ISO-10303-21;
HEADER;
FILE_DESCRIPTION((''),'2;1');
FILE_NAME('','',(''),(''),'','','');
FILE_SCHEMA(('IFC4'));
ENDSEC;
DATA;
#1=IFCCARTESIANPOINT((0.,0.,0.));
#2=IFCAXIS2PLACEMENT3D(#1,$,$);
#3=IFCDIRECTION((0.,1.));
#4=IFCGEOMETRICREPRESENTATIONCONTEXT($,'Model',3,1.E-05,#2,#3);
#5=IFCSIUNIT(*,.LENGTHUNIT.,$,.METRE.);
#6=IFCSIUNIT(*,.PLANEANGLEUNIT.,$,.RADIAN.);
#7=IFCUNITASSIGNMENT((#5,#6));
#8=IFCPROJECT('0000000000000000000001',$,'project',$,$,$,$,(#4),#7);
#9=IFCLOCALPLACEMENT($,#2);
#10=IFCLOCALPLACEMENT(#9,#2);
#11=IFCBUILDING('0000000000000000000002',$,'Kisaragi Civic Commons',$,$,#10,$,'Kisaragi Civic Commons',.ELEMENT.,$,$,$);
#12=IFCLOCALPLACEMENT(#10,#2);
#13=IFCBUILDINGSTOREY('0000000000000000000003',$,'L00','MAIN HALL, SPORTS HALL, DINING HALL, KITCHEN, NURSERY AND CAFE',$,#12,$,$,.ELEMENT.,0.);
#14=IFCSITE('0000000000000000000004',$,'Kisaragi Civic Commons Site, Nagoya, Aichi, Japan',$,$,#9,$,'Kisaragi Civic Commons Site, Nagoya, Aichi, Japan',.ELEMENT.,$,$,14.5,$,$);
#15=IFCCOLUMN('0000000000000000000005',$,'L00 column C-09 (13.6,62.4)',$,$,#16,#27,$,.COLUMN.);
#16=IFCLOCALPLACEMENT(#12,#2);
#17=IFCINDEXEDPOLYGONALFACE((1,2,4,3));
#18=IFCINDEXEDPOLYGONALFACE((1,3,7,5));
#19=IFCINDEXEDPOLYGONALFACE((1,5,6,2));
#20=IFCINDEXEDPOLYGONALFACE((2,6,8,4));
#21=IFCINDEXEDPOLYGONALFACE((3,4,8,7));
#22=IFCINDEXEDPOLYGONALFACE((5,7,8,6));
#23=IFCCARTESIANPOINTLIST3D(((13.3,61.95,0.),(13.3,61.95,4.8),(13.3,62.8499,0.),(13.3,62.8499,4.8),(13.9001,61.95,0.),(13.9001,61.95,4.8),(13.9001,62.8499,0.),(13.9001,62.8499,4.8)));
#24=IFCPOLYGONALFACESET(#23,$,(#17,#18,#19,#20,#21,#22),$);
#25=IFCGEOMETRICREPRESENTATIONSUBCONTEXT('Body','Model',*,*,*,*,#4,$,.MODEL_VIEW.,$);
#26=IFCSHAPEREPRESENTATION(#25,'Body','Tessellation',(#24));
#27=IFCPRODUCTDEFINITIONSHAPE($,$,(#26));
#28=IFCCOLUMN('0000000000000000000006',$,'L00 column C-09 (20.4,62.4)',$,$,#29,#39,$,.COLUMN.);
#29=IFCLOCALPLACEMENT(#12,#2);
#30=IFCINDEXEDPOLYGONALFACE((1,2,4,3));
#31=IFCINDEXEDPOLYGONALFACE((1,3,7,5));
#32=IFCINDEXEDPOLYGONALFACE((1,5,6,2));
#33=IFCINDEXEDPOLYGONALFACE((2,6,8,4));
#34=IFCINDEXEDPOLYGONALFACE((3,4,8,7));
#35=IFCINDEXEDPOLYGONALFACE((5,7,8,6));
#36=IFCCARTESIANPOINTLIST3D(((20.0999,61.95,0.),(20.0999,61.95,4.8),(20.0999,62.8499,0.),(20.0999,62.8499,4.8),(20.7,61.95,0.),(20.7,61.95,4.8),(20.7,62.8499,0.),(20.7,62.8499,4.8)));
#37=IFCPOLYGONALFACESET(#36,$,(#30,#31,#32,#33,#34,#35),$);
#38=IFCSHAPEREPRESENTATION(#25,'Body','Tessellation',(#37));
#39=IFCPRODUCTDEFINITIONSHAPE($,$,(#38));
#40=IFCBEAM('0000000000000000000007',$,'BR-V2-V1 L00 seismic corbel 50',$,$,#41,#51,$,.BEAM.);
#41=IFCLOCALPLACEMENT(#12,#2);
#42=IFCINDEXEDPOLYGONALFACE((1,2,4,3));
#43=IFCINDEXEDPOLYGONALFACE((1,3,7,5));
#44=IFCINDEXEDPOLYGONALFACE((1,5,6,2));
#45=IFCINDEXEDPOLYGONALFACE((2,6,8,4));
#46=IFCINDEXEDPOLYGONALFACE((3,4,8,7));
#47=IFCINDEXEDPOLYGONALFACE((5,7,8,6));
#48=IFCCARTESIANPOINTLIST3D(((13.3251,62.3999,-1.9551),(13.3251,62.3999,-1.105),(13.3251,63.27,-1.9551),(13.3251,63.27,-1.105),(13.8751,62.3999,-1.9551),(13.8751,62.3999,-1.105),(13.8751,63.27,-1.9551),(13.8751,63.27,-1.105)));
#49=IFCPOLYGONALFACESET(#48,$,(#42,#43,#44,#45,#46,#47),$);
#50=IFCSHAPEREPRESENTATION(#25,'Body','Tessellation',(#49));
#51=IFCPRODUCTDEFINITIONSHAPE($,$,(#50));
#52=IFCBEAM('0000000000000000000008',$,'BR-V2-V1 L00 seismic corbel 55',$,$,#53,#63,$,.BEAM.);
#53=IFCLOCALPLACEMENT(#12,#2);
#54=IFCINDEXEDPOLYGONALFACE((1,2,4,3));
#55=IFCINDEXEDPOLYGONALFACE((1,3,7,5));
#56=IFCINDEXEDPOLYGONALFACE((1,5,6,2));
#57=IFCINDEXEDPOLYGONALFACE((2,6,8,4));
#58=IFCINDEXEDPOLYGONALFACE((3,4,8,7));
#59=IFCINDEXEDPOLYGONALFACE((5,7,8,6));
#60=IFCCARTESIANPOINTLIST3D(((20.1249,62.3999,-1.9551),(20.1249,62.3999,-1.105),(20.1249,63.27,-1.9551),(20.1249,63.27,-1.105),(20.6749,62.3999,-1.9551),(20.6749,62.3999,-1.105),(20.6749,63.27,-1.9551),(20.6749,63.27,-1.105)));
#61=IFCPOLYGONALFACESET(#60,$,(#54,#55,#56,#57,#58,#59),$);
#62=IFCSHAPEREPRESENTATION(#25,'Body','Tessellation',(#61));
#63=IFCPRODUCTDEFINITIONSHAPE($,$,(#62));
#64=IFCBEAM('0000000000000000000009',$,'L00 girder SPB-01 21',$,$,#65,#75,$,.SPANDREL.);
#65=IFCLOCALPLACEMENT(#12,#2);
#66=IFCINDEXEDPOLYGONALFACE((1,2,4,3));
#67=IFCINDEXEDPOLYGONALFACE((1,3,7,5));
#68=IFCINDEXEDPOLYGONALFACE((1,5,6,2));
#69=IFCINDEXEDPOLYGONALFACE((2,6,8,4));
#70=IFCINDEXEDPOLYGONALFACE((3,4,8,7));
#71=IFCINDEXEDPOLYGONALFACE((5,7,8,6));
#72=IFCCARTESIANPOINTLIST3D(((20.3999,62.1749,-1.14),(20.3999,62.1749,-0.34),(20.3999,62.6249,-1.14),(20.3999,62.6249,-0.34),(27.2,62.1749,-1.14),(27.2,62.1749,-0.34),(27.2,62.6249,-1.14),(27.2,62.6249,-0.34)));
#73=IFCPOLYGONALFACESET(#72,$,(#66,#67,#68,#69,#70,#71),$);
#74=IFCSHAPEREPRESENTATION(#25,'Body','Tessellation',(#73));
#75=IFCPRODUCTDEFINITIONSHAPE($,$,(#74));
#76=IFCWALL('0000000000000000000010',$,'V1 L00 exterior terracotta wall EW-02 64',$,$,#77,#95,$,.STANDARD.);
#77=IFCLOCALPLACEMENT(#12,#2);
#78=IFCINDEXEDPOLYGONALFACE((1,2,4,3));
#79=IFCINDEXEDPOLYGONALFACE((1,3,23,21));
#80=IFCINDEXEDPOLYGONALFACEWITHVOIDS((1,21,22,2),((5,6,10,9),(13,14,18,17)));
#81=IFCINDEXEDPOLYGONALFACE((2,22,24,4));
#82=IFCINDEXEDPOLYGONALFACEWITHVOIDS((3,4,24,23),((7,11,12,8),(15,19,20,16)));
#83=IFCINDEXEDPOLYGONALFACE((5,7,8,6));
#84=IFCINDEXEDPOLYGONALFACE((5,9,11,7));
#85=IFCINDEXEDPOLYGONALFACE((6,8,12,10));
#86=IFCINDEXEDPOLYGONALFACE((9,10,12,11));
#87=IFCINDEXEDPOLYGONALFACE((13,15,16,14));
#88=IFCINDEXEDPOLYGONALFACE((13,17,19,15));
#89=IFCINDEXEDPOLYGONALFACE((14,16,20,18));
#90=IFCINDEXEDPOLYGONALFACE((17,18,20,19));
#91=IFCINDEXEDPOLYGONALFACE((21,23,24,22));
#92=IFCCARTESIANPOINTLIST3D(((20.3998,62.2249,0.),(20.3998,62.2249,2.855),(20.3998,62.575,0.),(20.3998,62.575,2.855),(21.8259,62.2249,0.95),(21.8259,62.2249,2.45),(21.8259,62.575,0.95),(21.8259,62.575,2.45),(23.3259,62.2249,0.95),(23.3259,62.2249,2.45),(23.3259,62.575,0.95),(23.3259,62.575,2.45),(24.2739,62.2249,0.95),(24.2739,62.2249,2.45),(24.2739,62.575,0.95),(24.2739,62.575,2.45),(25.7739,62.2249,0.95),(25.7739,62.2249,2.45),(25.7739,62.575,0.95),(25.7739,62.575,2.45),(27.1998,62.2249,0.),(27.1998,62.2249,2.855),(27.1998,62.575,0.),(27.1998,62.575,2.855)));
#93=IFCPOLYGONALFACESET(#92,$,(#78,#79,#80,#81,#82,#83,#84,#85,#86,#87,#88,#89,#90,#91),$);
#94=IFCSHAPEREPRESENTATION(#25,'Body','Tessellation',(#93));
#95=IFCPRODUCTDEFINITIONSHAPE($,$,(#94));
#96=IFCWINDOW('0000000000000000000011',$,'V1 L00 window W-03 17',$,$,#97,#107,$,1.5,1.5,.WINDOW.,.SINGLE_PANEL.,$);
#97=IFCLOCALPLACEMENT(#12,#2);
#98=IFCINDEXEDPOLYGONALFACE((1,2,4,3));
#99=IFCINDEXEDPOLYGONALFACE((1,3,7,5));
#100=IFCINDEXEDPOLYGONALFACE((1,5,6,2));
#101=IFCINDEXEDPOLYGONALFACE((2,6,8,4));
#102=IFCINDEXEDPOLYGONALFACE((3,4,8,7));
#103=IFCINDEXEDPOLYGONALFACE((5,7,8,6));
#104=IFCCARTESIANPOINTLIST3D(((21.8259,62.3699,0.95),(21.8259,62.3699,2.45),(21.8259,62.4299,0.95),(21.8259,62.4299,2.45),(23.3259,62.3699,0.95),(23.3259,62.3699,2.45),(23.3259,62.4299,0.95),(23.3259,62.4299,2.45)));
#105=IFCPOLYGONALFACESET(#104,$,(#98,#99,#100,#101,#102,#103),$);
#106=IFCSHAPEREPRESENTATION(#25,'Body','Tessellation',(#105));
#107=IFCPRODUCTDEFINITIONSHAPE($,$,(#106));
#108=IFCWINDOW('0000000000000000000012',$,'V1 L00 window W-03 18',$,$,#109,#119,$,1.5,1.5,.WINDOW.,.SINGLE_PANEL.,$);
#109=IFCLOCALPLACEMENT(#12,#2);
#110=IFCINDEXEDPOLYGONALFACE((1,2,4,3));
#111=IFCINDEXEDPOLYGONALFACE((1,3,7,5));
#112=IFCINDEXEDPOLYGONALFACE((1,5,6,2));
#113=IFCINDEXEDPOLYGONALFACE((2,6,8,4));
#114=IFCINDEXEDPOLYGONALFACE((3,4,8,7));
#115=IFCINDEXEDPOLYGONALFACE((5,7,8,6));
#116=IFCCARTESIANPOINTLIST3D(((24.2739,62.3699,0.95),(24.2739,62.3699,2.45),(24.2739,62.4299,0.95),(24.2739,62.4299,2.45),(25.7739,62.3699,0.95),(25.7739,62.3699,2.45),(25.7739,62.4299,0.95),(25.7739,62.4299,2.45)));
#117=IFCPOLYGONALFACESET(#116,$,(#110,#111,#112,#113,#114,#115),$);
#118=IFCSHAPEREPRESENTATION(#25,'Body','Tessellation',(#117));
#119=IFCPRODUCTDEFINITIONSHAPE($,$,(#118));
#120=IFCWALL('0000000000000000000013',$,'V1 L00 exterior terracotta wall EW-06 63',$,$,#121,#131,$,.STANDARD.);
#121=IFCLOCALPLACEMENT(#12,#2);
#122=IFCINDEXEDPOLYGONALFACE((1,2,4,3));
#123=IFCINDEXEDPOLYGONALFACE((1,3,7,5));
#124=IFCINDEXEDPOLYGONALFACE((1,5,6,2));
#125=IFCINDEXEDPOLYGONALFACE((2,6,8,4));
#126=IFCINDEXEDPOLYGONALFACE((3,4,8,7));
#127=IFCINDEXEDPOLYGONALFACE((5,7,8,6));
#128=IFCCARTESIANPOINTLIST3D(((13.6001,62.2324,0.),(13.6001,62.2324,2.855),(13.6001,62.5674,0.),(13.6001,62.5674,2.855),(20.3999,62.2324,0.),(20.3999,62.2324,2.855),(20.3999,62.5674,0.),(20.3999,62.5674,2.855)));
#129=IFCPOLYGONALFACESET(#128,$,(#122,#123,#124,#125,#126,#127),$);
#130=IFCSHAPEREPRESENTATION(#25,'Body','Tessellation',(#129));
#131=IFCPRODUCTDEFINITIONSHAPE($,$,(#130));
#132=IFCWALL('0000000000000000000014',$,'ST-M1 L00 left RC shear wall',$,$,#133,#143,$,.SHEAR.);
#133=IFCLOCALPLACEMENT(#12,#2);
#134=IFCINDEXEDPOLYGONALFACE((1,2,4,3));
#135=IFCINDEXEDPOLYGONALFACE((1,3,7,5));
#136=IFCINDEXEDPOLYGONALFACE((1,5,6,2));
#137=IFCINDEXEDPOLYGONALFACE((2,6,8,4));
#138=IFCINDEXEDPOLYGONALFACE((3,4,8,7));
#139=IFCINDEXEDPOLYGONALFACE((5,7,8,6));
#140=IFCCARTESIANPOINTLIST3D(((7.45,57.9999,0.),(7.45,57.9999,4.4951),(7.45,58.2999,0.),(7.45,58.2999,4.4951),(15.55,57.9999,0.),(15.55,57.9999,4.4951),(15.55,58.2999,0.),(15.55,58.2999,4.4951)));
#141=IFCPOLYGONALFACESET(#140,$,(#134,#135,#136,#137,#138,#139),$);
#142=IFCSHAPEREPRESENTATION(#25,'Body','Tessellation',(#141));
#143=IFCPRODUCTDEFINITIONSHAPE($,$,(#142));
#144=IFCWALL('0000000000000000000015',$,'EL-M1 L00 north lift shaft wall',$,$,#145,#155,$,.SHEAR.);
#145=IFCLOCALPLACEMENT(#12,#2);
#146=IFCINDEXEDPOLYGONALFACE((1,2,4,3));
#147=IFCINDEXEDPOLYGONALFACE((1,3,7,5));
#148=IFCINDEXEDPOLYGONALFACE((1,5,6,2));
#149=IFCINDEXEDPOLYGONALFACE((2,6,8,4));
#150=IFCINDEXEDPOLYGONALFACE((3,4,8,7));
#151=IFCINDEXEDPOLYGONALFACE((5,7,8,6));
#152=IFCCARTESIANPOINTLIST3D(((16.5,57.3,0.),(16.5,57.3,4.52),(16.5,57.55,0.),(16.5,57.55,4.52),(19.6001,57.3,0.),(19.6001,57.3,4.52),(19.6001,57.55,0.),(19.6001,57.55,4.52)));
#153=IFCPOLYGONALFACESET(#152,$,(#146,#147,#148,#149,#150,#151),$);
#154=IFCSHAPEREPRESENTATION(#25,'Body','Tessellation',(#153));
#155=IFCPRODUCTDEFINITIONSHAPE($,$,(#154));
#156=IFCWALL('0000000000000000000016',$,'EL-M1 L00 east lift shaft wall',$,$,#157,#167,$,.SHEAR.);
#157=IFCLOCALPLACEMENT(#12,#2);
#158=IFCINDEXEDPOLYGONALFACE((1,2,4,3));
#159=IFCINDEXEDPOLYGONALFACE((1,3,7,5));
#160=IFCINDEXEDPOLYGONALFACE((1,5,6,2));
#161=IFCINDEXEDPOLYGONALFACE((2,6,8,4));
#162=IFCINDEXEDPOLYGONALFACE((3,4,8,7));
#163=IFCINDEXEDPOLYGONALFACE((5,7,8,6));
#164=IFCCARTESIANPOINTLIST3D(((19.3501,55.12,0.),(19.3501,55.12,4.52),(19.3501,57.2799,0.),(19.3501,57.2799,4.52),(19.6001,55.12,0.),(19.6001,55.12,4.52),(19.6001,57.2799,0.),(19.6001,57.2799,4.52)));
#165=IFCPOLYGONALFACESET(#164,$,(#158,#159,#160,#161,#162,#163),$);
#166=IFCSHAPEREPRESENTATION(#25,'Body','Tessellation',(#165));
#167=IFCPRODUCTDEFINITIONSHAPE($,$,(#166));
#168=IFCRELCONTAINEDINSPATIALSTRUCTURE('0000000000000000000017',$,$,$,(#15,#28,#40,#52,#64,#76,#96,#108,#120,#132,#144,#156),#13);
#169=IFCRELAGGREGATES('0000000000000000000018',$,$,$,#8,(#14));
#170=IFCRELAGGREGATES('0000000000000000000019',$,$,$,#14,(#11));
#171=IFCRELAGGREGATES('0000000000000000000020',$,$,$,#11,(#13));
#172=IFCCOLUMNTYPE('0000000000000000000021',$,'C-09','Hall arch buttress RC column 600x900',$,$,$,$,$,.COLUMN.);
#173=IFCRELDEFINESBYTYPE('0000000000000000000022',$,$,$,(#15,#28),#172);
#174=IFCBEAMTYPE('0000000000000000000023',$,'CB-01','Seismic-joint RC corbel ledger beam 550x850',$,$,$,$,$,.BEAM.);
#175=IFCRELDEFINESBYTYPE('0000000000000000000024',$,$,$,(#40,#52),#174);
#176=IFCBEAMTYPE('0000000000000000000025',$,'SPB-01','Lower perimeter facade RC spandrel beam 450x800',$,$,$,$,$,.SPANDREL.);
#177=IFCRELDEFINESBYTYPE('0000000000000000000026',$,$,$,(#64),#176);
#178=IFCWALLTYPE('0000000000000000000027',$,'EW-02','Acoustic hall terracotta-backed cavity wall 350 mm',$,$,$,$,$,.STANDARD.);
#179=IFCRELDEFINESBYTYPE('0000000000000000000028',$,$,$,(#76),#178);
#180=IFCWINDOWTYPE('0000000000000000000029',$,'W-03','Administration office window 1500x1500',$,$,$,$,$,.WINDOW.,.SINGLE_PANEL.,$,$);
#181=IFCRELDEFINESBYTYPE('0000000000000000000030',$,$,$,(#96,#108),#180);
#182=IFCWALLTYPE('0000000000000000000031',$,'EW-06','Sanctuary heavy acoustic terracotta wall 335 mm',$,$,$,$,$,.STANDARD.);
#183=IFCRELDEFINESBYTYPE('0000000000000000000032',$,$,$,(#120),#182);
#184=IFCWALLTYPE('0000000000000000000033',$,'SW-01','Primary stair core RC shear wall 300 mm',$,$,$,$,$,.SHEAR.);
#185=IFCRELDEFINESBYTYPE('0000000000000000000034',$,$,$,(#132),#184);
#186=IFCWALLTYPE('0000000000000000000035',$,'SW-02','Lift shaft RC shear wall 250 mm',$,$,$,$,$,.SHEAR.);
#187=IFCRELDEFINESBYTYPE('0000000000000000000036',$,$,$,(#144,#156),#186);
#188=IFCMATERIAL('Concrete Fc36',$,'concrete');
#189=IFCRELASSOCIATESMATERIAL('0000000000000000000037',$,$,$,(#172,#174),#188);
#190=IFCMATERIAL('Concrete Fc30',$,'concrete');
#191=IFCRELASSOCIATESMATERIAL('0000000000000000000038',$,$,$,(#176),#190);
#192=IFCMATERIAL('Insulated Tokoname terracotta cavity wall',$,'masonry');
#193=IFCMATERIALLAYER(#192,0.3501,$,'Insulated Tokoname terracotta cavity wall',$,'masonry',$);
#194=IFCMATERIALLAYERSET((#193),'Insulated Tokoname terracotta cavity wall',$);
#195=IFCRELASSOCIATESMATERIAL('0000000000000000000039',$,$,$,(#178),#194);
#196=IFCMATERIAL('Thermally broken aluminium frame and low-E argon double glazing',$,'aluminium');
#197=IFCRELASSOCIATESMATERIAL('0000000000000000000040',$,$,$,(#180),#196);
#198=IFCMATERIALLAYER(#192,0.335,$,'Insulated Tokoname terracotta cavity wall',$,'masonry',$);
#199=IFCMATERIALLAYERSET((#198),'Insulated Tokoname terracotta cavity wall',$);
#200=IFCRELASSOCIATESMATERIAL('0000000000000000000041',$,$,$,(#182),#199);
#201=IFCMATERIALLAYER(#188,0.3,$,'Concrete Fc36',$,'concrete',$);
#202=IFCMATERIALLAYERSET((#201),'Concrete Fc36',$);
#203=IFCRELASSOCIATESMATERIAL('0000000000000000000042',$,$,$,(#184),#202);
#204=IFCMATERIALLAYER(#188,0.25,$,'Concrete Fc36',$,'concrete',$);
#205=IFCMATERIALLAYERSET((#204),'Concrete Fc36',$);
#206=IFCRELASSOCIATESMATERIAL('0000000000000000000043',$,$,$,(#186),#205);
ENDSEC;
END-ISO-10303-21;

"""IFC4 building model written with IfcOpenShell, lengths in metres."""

from ifc_helpers import new_model, si_unit, direction, frame, frame_2d, origin, origin_2d, place, context, subcontext, project, spatial, rectangle, extrude, material, layer, layer_set, material_profile, profile_set, type_object, element, fill, save


model = new_model("IFC4")

# Units and contexts
model_context = context("Model", 3, precision=1e-05, world=origin(), true_north=direction((0.0, 1.0)))
body_context = subcontext(model_context, "Body", "Model", "MODEL_VIEW")
ifc_project = project(units=[si_unit("LENGTHUNIT", "METRE"), si_unit("PLANEANGLEUNIT", "RADIAN")], contexts=[model_context])

# Site, building, storey
site_placement = place(None, origin())
site = spatial("IfcSite", under=ifc_project, at=site_placement, Name="Kisaragi Civic Commons Site, Nagoya, Aichi, Japan", LongName="Kisaragi Civic Commons Site, Nagoya, Aichi, Japan", CompositionType="ELEMENT", RefElevation=14.5)
building_placement = place(site_placement, origin())
building = spatial("IfcBuilding", under=site, at=building_placement, Name="Kisaragi Civic Commons", LongName="Kisaragi Civic Commons", CompositionType="ELEMENT")
storey_placement = place(building_placement, origin())
storey = spatial("IfcBuildingStorey", under=building, at=storey_placement, Name="L00", Description="MAIN HALL, SPORTS HALL, DINING HALL, KITCHEN, NURSERY AND CAFE", CompositionType="ELEMENT", Elevation=0.0)

# Columns
ifc_material_1 = material(Name="Concrete Fc36", Category="concrete")
ifc_material_profile_1 = material_profile(ifc_material_1, rectangle(XDim=0.6001, YDim=0.8999, at=origin_2d()), Name="RC-600x900", Category="concrete")
ifc_profile_set_1 = profile_set([ifc_material_profile_1], Name="Concrete Fc36")
column_type = type_object("IfcColumnType", Name="C-09", Description="Hall arch buttress RC column 600x900", PredefinedType="COLUMN", material=ifc_profile_set_1)
for number, where, z_axis, x_axis, name in (
    (1, (13.6001, 62.3999, 0.0), (0.0, 0.0, 1.0), (1.0, 0.0, 0.0), "L00 column C-09 (13.6,62.4)"),
    (2, (20.3999, 62.3999, 0.0), (0.0, 0.0, 1.0), (1.0, 0.0, 0.0), "L00 column C-09 (20.4,62.4)"),
):
    element("IfcColumn", number, at=place(storey_placement, frame(where, z_axis=z_axis, x_axis=x_axis)), inside=storey, type_object=column_type, Name=name, PredefinedType="COLUMN", context=body_context, shape_type="SweptSolid", body=[
        extrude(rectangle(XDim=0.6001, YDim=0.8999, at=origin_2d()), origin(), (0.0, 0.0, 1.0), 4.8),
    ])

# Beams
ifc_material_profile_2 = material_profile(ifc_material_1, rectangle(XDim=0.55, YDim=0.8501, at=origin_2d()), Name="RC-550x850", Category="concrete")
ifc_profile_set_2 = profile_set([ifc_material_profile_2], Name="Concrete Fc36")
beam_type_1 = type_object("IfcBeamType", Name="CB-01", Description="Seismic-joint RC corbel ledger beam 550x850", PredefinedType="BEAM", material=ifc_profile_set_2)
for number, where, z_axis, x_axis, name in (
    (3, (13.6001, 62.3999, -1.53), (0.0, 1.0, 0.0), (-1.0, 0.0, 0.0), "BR-V2-V1 L00 seismic corbel 50"),
    (4, (20.3999, 62.3999, -1.53), (0.0, 1.0, 0.0), (-1.0, 0.0, 0.0), "BR-V2-V1 L00 seismic corbel 55"),
):
    element("IfcBeam", number, at=place(storey_placement, frame(where, z_axis=z_axis, x_axis=x_axis)), inside=storey, type_object=beam_type_1, Name=name, PredefinedType="BEAM", context=body_context, shape_type="SweptSolid", body=[
        extrude(rectangle(XDim=0.55, YDim=0.8501, at=origin_2d()), origin(), (0.0, 0.0, 1.0), 0.8701),
    ])
ifc_material_2 = material(Name="Concrete Fc30", Category="concrete")
ifc_material_profile_3 = material_profile(ifc_material_2, rectangle(XDim=0.45, YDim=0.8, at=origin_2d()), Name="RC-450x800", Category="concrete")
ifc_profile_set_3 = profile_set([ifc_material_profile_3], Name="Concrete Fc30")
beam_type_2 = type_object("IfcBeamType", Name="SPB-01", Description="Lower perimeter facade RC spandrel beam 450x800", PredefinedType="SPANDREL", material=ifc_profile_set_3)
beam_placement = place(storey_placement, frame((20.3999, 62.3999, -0.74), z_axis=(1.0, 0.0, 0.0), x_axis=(0.0, 1.0, 0.0)))
element("IfcBeam", 5, at=beam_placement, inside=storey, type_object=beam_type_2, Name="L00 girder SPB-01 21", PredefinedType="SPANDREL", context=body_context, shape_type="SweptSolid", body=[
    extrude(rectangle(XDim=0.45, YDim=0.8, at=origin_2d()), origin(), (0.0, 0.0, 1.0), 6.8),
])

# Wall, openings, windows
ifc_material_3 = material(Name="Insulated Tokoname terracotta cavity wall", Category="masonry")
ifc_layer_1 = layer(ifc_material_3, 0.3501, Name="Insulated Tokoname terracotta cavity wall", Category="masonry")
ifc_layer_set_1 = layer_set([ifc_layer_1], Name="Insulated Tokoname terracotta cavity wall")
wall_type_1 = type_object("IfcWallType", Name="EW-02", Description="Acoustic hall terracotta-backed cavity wall 350 mm", PredefinedType="STANDARD", material=ifc_layer_set_1)
wall_1_placement = place(storey_placement, frame((20.3999, 62.3999, 0.0), z_axis=(0.0, 0.0, 1.0), x_axis=(1.0, 0.0, 0.0)))
wall_1 = element("IfcWall", 6, at=wall_1_placement, inside=storey, type_object=wall_type_1, Name="V1 L00 exterior terracotta wall EW-02 64", PredefinedType="STANDARD", context=body_context, shape_type="SweptSolid", body=[
    extrude(rectangle(XDim=6.8, YDim=0.3501, at=frame_2d((3.3999, 0.0))), origin(), (0.0, 0.0, 1.0), 2.855),
])
opening_1_placement = place(wall_1_placement, frame((1.426, 0.0, 0.95)))
opening_1 = element("IfcOpeningElement", 7, at=opening_1_placement, cuts=wall_1, PredefinedType="OPENING", context=body_context, shape_type="SweptSolid", body=[
    extrude(rectangle(XDim=1.5, YDim=1.5, at=frame_2d((0.75, 0.75))), frame((0.0, 0.1851, 0.0), z_axis=(0.0, -1.0, 0.0), x_axis=(1.0, 0.0, 0.0)), (0.0, 0.0, 1.0), 0.3701),
])
opening_2_placement = place(wall_1_placement, frame((3.874, 0.0, 0.95)))
opening_2 = element("IfcOpeningElement", 8, at=opening_2_placement, cuts=wall_1, PredefinedType="OPENING", context=body_context, shape_type="SweptSolid", body=[
    extrude(rectangle(XDim=1.5, YDim=1.5, at=frame_2d((0.75, 0.75))), frame((0.0, 0.1851, 0.0), z_axis=(0.0, -1.0, 0.0), x_axis=(1.0, 0.0, 0.0)), (0.0, 0.0, 1.0), 0.3701),
])
ifc_material_4 = material(Name="Thermally broken aluminium frame and low-E argon double glazing", Category="aluminium")
window_type = type_object("IfcWindowType", Name="W-03", Description="Administration office window 1500x1500", PartitioningType="SINGLE_PANEL", PredefinedType="WINDOW", material=ifc_material_4)
window_1_placement = place(opening_1_placement, origin())
window_1 = element("IfcWindow", 9, at=window_1_placement, inside=storey, type_object=window_type, Name="V1 L00 window W-03 17", OverallHeight=1.5, OverallWidth=1.5, PartitioningType="SINGLE_PANEL", PredefinedType="WINDOW", context=body_context, shape_type="SweptSolid", body=[
    extrude(rectangle(XDim=1.5, YDim=1.5, at=frame_2d((0.75, 0.75))), frame((0.0, 0.03, 0.0), z_axis=(0.0, -1.0, 0.0), x_axis=(1.0, 0.0, 0.0)), (0.0, 0.0, 1.0), 0.0601),
])
fill(opening_1, window_1)
window_2_placement = place(opening_2_placement, origin())
window_2 = element("IfcWindow", 10, at=window_2_placement, inside=storey, type_object=window_type, Name="V1 L00 window W-03 18", OverallHeight=1.5, OverallWidth=1.5, PartitioningType="SINGLE_PANEL", PredefinedType="WINDOW", context=body_context, shape_type="SweptSolid", body=[
    extrude(rectangle(XDim=1.5, YDim=1.5, at=frame_2d((0.75, 0.75))), frame((0.0, 0.03, 0.0), z_axis=(0.0, -1.0, 0.0), x_axis=(1.0, 0.0, 0.0)), (0.0, 0.0, 1.0), 0.0601),
])
fill(opening_2, window_2)

# Walls
ifc_layer_2 = layer(ifc_material_3, 0.335, Name="Insulated Tokoname terracotta cavity wall", Category="masonry")
ifc_layer_set_2 = layer_set([ifc_layer_2], Name="Insulated Tokoname terracotta cavity wall")
wall_type_2 = type_object("IfcWallType", Name="EW-06", Description="Sanctuary heavy acoustic terracotta wall 335 mm", PredefinedType="STANDARD", material=ifc_layer_set_2)
wall_2_placement = place(storey_placement, frame((13.6001, 62.3999, 0.0), z_axis=(0.0, 0.0, 1.0), x_axis=(1.0, 0.0, 0.0)))
element("IfcWall", 11, at=wall_2_placement, inside=storey, type_object=wall_type_2, Name="V1 L00 exterior terracotta wall EW-06 63", PredefinedType="STANDARD", context=body_context, shape_type="SweptSolid", body=[
    extrude(rectangle(XDim=6.7998, YDim=0.335, at=frame_2d((3.3999, 0.0))), origin(), (0.0, 0.0, 1.0), 2.855),
])
ifc_layer_3 = layer(ifc_material_1, 0.3, Name="Concrete Fc36", Category="concrete")
ifc_layer_set_3 = layer_set([ifc_layer_3], Name="Concrete Fc36")
wall_type_3 = type_object("IfcWallType", Name="SW-01", Description="Primary stair core RC shear wall 300 mm", PredefinedType="SHEAR", material=ifc_layer_set_3)
wall_3_placement = place(storey_placement, frame((15.55, 58.1499, 0.0), z_axis=(0.0, 0.0, 1.0), x_axis=(-1.0, 0.0, 0.0)))
element("IfcWall", 12, at=wall_3_placement, inside=storey, type_object=wall_type_3, Name="ST-M1 L00 left RC shear wall", PredefinedType="SHEAR", context=body_context, shape_type="SweptSolid", body=[
    extrude(rectangle(XDim=8.1001, YDim=0.3, at=frame_2d((4.05, 0.0))), origin(), (0.0, 0.0, 1.0), 4.4951),
])
ifc_layer_4 = layer(ifc_material_1, 0.25, Name="Concrete Fc36", Category="concrete")
ifc_layer_set_4 = layer_set([ifc_layer_4], Name="Concrete Fc36")
wall_type_4 = type_object("IfcWallType", Name="SW-02", Description="Lift shaft RC shear wall 250 mm", PredefinedType="SHEAR", material=ifc_layer_set_4)
wall_4_placement = place(storey_placement, frame((16.5, 57.425, 0.0), z_axis=(0.0, 0.0, 1.0), x_axis=(1.0, 0.0, 0.0)))
element("IfcWall", 13, at=wall_4_placement, inside=storey, type_object=wall_type_4, Name="EL-M1 L00 north lift shaft wall", PredefinedType="SHEAR", context=body_context, shape_type="SweptSolid", body=[
    extrude(rectangle(XDim=3.1001, YDim=0.25, at=frame_2d((1.55, 0.0))), origin(), (0.0, 0.0, 1.0), 4.52),
])
wall_5_placement = place(storey_placement, frame((19.4751, 57.28, 0.0), z_axis=(0.0, 0.0, 1.0), x_axis=(0.0, -1.0, 0.0)))
element("IfcWall", 14, at=wall_5_placement, inside=storey, type_object=wall_type_4, Name="EL-M1 L00 east lift shaft wall", PredefinedType="SHEAR", context=body_context, shape_type="SweptSolid", body=[
    extrude(rectangle(XDim=2.1599, YDim=0.25, at=frame_2d((1.0801, 0.0))), origin(), (0.0, 0.0, 1.0), 4.52),
])

save(model, "model.ifc")
